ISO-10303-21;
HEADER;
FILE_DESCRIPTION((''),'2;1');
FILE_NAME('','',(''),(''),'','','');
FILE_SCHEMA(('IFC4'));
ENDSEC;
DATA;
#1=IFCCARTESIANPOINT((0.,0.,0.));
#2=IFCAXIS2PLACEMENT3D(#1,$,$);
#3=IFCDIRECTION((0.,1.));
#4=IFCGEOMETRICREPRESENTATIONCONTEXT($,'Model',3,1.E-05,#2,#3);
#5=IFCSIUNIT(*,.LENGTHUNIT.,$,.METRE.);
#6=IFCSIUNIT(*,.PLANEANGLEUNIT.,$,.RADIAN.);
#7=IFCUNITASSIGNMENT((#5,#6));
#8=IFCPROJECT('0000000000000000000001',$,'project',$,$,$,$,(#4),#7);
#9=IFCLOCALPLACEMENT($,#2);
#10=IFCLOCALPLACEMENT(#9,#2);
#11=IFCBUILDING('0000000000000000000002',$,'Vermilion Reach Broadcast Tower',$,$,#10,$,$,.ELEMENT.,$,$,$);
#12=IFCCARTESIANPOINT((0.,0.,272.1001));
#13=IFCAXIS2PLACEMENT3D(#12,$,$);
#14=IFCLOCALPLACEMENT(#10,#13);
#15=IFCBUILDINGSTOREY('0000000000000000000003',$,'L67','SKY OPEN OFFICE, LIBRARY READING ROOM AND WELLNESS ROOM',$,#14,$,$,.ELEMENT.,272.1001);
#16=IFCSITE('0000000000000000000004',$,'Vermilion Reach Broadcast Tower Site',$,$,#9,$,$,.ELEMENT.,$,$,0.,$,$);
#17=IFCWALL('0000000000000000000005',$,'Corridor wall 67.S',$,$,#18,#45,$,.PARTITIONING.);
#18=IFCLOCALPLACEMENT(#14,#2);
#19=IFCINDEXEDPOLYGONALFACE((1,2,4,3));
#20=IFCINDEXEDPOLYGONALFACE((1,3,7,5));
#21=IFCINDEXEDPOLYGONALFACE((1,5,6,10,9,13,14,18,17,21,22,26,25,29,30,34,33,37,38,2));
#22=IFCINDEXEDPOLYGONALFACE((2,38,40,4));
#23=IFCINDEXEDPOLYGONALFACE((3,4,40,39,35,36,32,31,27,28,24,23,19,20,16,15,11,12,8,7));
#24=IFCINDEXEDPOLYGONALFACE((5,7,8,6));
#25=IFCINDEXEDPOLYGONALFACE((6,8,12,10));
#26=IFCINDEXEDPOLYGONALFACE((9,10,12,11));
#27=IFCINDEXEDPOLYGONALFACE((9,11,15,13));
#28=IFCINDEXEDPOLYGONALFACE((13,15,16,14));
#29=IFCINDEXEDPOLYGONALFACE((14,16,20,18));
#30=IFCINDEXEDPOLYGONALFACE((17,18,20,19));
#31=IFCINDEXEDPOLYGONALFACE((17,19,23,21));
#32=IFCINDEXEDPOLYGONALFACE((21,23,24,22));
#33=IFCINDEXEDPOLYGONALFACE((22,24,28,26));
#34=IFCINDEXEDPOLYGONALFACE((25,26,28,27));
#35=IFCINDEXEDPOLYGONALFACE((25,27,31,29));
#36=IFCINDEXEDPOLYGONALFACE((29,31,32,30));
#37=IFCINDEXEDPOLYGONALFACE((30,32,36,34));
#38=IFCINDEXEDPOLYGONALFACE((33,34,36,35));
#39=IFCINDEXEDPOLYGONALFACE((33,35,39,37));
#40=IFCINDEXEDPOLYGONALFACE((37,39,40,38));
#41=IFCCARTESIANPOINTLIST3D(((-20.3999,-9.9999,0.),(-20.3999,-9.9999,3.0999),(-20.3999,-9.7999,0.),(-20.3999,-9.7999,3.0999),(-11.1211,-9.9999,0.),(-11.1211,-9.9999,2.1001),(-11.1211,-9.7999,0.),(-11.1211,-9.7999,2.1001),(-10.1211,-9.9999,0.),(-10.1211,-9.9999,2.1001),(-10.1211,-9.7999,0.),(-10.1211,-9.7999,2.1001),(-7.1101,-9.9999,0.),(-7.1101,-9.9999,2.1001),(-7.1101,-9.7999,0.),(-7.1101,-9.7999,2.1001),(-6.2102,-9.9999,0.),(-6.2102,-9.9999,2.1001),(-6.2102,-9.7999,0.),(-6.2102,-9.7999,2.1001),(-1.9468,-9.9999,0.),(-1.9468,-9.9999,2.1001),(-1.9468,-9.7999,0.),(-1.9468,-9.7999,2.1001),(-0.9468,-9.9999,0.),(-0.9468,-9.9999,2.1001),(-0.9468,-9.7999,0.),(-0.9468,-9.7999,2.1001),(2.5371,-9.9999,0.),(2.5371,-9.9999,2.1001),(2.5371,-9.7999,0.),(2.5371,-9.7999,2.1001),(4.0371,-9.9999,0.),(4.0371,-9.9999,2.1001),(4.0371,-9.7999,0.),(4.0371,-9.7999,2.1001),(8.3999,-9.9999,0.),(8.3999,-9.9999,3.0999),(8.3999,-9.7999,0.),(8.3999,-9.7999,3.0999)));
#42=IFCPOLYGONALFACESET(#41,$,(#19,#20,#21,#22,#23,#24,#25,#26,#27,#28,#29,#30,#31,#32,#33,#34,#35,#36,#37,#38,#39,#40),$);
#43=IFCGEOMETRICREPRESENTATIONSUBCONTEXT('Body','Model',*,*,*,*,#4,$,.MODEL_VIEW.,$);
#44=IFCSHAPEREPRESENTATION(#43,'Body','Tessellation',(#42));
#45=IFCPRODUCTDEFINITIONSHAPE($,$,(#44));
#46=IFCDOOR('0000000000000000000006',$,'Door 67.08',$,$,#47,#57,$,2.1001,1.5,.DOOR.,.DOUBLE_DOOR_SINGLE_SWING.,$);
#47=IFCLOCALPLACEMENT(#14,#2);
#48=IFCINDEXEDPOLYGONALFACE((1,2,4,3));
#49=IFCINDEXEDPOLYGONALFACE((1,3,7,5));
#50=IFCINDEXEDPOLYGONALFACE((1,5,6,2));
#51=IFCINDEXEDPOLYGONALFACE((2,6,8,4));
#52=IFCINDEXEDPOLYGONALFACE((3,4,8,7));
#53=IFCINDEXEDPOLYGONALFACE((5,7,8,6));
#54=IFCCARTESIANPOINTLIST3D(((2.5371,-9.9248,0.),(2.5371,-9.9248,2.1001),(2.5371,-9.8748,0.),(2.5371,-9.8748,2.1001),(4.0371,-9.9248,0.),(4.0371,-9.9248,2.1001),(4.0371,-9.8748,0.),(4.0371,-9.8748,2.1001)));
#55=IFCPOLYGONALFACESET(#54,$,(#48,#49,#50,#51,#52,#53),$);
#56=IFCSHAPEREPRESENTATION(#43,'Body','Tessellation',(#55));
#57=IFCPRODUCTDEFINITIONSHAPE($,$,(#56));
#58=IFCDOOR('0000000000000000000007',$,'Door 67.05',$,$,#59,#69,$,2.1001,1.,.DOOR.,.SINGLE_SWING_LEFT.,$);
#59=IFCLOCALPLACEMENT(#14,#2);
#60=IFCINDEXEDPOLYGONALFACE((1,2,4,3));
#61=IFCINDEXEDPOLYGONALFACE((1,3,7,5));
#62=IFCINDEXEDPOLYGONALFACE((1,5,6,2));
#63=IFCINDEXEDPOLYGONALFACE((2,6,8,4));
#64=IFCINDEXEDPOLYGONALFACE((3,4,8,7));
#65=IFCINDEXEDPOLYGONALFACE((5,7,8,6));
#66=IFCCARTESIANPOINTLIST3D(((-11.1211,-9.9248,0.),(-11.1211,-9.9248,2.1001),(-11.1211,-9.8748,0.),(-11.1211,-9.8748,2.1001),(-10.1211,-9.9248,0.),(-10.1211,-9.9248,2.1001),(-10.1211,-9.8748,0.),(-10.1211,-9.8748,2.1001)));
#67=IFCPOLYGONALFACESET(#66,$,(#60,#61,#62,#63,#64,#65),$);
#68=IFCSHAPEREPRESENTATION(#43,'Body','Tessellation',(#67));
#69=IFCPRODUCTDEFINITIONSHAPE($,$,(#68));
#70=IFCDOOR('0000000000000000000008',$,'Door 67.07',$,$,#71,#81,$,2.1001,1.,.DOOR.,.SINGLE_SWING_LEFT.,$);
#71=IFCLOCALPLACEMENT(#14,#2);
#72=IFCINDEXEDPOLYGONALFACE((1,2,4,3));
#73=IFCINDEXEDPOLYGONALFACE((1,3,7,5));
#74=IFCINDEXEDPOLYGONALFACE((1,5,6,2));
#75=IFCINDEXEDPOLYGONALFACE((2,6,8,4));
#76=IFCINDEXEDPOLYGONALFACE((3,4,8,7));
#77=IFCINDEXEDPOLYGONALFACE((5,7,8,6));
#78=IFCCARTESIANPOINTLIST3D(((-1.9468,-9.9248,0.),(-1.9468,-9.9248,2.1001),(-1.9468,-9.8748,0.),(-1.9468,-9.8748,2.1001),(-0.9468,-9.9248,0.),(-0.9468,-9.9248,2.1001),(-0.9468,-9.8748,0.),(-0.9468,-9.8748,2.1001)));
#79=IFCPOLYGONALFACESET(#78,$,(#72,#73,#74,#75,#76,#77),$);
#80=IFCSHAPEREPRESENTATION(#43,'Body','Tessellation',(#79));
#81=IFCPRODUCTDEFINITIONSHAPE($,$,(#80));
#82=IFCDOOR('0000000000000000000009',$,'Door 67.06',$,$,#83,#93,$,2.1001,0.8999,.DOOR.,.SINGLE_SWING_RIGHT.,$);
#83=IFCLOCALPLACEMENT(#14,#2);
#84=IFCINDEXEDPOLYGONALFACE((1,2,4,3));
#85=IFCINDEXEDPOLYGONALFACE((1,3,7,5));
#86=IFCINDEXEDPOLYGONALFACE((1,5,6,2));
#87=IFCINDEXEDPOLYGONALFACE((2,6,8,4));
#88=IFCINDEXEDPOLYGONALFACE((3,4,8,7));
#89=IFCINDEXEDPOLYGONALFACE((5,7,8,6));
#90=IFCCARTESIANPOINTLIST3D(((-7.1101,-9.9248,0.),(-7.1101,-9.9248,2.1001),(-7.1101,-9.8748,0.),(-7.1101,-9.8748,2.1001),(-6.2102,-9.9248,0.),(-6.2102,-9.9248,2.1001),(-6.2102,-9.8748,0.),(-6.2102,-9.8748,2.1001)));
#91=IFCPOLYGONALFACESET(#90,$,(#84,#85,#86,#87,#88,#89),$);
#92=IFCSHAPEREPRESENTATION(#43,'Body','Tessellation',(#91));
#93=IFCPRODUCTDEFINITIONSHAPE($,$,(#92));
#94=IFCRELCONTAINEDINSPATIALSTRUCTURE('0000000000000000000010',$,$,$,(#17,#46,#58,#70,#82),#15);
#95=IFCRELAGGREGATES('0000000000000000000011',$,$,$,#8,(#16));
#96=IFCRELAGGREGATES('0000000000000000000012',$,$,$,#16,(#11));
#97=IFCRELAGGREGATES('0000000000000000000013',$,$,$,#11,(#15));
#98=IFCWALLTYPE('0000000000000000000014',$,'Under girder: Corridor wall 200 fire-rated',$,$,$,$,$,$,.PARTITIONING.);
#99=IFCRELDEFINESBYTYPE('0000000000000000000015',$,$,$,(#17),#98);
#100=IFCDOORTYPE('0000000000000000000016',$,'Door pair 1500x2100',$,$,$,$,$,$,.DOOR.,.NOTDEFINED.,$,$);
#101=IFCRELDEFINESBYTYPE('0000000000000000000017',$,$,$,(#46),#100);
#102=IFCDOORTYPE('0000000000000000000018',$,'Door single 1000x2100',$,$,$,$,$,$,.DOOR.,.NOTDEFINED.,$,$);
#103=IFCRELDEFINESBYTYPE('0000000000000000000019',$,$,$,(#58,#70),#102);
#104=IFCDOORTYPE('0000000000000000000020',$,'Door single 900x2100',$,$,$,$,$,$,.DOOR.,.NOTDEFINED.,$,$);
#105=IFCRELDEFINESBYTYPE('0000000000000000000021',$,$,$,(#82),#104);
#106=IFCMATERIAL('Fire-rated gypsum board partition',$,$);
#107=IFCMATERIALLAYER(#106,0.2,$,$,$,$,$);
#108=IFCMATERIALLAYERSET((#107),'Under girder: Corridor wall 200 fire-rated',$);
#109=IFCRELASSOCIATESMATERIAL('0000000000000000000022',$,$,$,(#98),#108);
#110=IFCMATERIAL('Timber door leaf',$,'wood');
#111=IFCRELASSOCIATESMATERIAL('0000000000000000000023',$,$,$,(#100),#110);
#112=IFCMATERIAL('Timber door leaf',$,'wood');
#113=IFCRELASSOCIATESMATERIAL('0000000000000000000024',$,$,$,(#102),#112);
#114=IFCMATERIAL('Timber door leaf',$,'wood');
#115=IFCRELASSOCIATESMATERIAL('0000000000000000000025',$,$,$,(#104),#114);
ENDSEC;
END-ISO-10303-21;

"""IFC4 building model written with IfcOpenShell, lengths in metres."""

from ifc_helpers import new_model, si_unit, direction, frame, frame_2d, origin, place, context, subcontext, project, spatial, rectangle, extrude, material, layer, layer_set, type_object, element, fill, save


model = new_model("IFC4")

# Units and contexts
model_context = context("Model", 3, precision=1e-05, world=origin(), true_north=direction((0.0, 1.0)))
body_context = subcontext(model_context, "Body", "Model", "MODEL_VIEW")
ifc_project = project(units=[si_unit("LENGTHUNIT", "METRE"), si_unit("PLANEANGLEUNIT", "RADIAN")], contexts=[model_context])

# Site, building, storey
site_placement = place(None, origin())
site = spatial("IfcSite", under=ifc_project, at=site_placement, Name="Vermilion Reach Broadcast Tower Site", CompositionType="ELEMENT", RefElevation=0.0)
building_placement = place(site_placement, origin())
building = spatial("IfcBuilding", under=site, at=building_placement, Name="Vermilion Reach Broadcast Tower", CompositionType="ELEMENT")
storey_placement = place(building_placement, frame((0.0, 0.0, 272.1001)))
storey = spatial("IfcBuildingStorey", under=building, at=storey_placement, Name="L67", Description="SKY OPEN OFFICE, LIBRARY READING ROOM AND WELLNESS ROOM", CompositionType="ELEMENT", Elevation=272.1001)

# Wall, openings, doors
ifc_material_1 = material(Name="Fire-rated gypsum board partition")
ifc_layer_1 = layer(ifc_material_1, 0.2)
ifc_layer_set_1 = layer_set([ifc_layer_1], Name="Under girder: Corridor wall 200 fire-rated")
wall_type_1 = type_object("IfcWallType", Name="Under girder: Corridor wall 200 fire-rated", PredefinedType="PARTITIONING", material=ifc_layer_set_1)
wall_1_placement = place(storey_placement, frame((8.3999, -9.8999, 0.0), z_axis=(0.0, 0.0, 1.0), x_axis=(-1.0, 0.0, 0.0)))
wall_1 = element("IfcWall", 1, at=wall_1_placement, inside=storey, type_object=wall_type_1, Name="Corridor wall 67.S", PredefinedType="PARTITIONING", context=body_context, shape_type="SweptSolid", body=[
    extrude(rectangle(XDim=28.7998, YDim=0.2, at=frame_2d((14.3999, 0.0))), origin(), (0.0, 0.0, 1.0), 3.0999),
])
opening_1_placement = place(wall_1_placement, frame((18.521, 0.0, 0.0)))
opening_1 = element("IfcOpeningElement", 2, at=opening_1_placement, cuts=wall_1, PredefinedType="OPENING", context=body_context, shape_type="SweptSolid", body=[
    extrude(rectangle(XDim=1.0, YDim=2.1001, at=frame_2d((0.5, 1.05))), frame((0.0, 0.1099, 0.0), z_axis=(0.0, -1.0, 0.0), x_axis=(1.0, 0.0, 0.0)), (0.0, 0.0, 1.0), 0.22),
])
opening_2_placement = place(wall_1_placement, frame((14.6101, 0.0, 0.0)))
opening_2 = element("IfcOpeningElement", 3, at=opening_2_placement, cuts=wall_1, PredefinedType="OPENING", context=body_context, shape_type="SweptSolid", body=[
    extrude(rectangle(XDim=0.8999, YDim=2.1001, at=frame_2d((0.45, 1.05))), frame((0.0, 0.1099, 0.0), z_axis=(0.0, -1.0, 0.0), x_axis=(1.0, 0.0, 0.0)), (0.0, 0.0, 1.0), 0.22),
])
opening_3_placement = place(wall_1_placement, frame((9.3467, 0.0, 0.0)))
opening_3 = element("IfcOpeningElement", 4, at=opening_3_placement, cuts=wall_1, PredefinedType="OPENING", context=body_context, shape_type="SweptSolid", body=[
    extrude(rectangle(XDim=1.0, YDim=2.1001, at=frame_2d((0.5, 1.05))), frame((0.0, 0.1099, 0.0), z_axis=(0.0, -1.0, 0.0), x_axis=(1.0, 0.0, 0.0)), (0.0, 0.0, 1.0), 0.22),
])
opening_4_placement = place(wall_1_placement, frame((4.3628, 0.0, 0.0)))
opening_4 = element("IfcOpeningElement", 5, at=opening_4_placement, cuts=wall_1, PredefinedType="OPENING", context=body_context, shape_type="SweptSolid", body=[
    extrude(rectangle(XDim=1.5, YDim=2.1001, at=frame_2d((0.75, 1.05))), frame((0.0, 0.1099, 0.0), z_axis=(0.0, -1.0, 0.0), x_axis=(1.0, 0.0, 0.0)), (0.0, 0.0, 1.0), 0.22),
])
ifc_material_2 = material(Name="Timber door leaf", Category="wood")
door_type_1 = type_object("IfcDoorType", Name="Door pair 1500x2100", OperationType="NOTDEFINED", PredefinedType="DOOR", material=ifc_material_2)
door_1_placement = place(opening_4_placement, origin())
door_1 = element("IfcDoor", 6, at=door_1_placement, inside=storey, type_object=door_type_1, Name="Door 67.08", OperationType="DOUBLE_DOOR_SINGLE_SWING", OverallHeight=2.1001, OverallWidth=1.5, PredefinedType="DOOR", context=body_context, shape_type="SweptSolid", body=[
    extrude(rectangle(XDim=1.5, YDim=2.1001, at=frame_2d((0.75, 1.05))), frame((0.0, 0.0249, 0.0), z_axis=(0.0, -1.0, 0.0), x_axis=(1.0, 0.0, 0.0)), (0.0, 0.0, 1.0), 0.05),
])
fill(opening_4, door_1)
ifc_material_3 = material(Name="Timber door leaf", Category="wood")
door_type_2 = type_object("IfcDoorType", Name="Door single 1000x2100", OperationType="NOTDEFINED", PredefinedType="DOOR", material=ifc_material_3)
door_2_placement = place(opening_1_placement, origin())
door_2 = element("IfcDoor", 7, at=door_2_placement, inside=storey, type_object=door_type_2, Name="Door 67.05", OperationType="SINGLE_SWING_LEFT", OverallHeight=2.1001, OverallWidth=1.0, PredefinedType="DOOR", context=body_context, shape_type="SweptSolid", body=[
    extrude(rectangle(XDim=1.0, YDim=2.1001, at=frame_2d((0.5, 1.05))), frame((0.0, 0.0249, 0.0), z_axis=(0.0, -1.0, 0.0), x_axis=(1.0, 0.0, 0.0)), (0.0, 0.0, 1.0), 0.05),
])
fill(opening_1, door_2)
door_3_placement = place(opening_3_placement, origin())
door_3 = element("IfcDoor", 8, at=door_3_placement, inside=storey, type_object=door_type_2, Name="Door 67.07", OperationType="SINGLE_SWING_LEFT", OverallHeight=2.1001, OverallWidth=1.0, PredefinedType="DOOR", context=body_context, shape_type="SweptSolid", body=[
    extrude(rectangle(XDim=1.0, YDim=2.1001, at=frame_2d((0.5, 1.05))), frame((0.0, 0.0249, 0.0), z_axis=(0.0, -1.0, 0.0), x_axis=(1.0, 0.0, 0.0)), (0.0, 0.0, 1.0), 0.05),
])
fill(opening_3, door_3)
ifc_material_4 = material(Name="Timber door leaf", Category="wood")
door_type_3 = type_object("IfcDoorType", Name="Door single 900x2100", OperationType="NOTDEFINED", PredefinedType="DOOR", material=ifc_material_4)
door_4_placement = place(opening_2_placement, origin())
door_4 = element("IfcDoor", 9, at=door_4_placement, inside=storey, type_object=door_type_3, Name="Door 67.06", OperationType="SINGLE_SWING_RIGHT", OverallHeight=2.1001, OverallWidth=0.8999, PredefinedType="DOOR", context=body_context, shape_type="SweptSolid", body=[
    extrude(rectangle(XDim=0.8999, YDim=2.1001, at=frame_2d((0.45, 1.05))), frame((0.0, 0.0249, 0.0), z_axis=(0.0, -1.0, 0.0), x_axis=(1.0, 0.0, 0.0)), (0.0, 0.0, 1.0), 0.05),
])
fill(opening_2, door_4)

save(model, "model.ifc")
